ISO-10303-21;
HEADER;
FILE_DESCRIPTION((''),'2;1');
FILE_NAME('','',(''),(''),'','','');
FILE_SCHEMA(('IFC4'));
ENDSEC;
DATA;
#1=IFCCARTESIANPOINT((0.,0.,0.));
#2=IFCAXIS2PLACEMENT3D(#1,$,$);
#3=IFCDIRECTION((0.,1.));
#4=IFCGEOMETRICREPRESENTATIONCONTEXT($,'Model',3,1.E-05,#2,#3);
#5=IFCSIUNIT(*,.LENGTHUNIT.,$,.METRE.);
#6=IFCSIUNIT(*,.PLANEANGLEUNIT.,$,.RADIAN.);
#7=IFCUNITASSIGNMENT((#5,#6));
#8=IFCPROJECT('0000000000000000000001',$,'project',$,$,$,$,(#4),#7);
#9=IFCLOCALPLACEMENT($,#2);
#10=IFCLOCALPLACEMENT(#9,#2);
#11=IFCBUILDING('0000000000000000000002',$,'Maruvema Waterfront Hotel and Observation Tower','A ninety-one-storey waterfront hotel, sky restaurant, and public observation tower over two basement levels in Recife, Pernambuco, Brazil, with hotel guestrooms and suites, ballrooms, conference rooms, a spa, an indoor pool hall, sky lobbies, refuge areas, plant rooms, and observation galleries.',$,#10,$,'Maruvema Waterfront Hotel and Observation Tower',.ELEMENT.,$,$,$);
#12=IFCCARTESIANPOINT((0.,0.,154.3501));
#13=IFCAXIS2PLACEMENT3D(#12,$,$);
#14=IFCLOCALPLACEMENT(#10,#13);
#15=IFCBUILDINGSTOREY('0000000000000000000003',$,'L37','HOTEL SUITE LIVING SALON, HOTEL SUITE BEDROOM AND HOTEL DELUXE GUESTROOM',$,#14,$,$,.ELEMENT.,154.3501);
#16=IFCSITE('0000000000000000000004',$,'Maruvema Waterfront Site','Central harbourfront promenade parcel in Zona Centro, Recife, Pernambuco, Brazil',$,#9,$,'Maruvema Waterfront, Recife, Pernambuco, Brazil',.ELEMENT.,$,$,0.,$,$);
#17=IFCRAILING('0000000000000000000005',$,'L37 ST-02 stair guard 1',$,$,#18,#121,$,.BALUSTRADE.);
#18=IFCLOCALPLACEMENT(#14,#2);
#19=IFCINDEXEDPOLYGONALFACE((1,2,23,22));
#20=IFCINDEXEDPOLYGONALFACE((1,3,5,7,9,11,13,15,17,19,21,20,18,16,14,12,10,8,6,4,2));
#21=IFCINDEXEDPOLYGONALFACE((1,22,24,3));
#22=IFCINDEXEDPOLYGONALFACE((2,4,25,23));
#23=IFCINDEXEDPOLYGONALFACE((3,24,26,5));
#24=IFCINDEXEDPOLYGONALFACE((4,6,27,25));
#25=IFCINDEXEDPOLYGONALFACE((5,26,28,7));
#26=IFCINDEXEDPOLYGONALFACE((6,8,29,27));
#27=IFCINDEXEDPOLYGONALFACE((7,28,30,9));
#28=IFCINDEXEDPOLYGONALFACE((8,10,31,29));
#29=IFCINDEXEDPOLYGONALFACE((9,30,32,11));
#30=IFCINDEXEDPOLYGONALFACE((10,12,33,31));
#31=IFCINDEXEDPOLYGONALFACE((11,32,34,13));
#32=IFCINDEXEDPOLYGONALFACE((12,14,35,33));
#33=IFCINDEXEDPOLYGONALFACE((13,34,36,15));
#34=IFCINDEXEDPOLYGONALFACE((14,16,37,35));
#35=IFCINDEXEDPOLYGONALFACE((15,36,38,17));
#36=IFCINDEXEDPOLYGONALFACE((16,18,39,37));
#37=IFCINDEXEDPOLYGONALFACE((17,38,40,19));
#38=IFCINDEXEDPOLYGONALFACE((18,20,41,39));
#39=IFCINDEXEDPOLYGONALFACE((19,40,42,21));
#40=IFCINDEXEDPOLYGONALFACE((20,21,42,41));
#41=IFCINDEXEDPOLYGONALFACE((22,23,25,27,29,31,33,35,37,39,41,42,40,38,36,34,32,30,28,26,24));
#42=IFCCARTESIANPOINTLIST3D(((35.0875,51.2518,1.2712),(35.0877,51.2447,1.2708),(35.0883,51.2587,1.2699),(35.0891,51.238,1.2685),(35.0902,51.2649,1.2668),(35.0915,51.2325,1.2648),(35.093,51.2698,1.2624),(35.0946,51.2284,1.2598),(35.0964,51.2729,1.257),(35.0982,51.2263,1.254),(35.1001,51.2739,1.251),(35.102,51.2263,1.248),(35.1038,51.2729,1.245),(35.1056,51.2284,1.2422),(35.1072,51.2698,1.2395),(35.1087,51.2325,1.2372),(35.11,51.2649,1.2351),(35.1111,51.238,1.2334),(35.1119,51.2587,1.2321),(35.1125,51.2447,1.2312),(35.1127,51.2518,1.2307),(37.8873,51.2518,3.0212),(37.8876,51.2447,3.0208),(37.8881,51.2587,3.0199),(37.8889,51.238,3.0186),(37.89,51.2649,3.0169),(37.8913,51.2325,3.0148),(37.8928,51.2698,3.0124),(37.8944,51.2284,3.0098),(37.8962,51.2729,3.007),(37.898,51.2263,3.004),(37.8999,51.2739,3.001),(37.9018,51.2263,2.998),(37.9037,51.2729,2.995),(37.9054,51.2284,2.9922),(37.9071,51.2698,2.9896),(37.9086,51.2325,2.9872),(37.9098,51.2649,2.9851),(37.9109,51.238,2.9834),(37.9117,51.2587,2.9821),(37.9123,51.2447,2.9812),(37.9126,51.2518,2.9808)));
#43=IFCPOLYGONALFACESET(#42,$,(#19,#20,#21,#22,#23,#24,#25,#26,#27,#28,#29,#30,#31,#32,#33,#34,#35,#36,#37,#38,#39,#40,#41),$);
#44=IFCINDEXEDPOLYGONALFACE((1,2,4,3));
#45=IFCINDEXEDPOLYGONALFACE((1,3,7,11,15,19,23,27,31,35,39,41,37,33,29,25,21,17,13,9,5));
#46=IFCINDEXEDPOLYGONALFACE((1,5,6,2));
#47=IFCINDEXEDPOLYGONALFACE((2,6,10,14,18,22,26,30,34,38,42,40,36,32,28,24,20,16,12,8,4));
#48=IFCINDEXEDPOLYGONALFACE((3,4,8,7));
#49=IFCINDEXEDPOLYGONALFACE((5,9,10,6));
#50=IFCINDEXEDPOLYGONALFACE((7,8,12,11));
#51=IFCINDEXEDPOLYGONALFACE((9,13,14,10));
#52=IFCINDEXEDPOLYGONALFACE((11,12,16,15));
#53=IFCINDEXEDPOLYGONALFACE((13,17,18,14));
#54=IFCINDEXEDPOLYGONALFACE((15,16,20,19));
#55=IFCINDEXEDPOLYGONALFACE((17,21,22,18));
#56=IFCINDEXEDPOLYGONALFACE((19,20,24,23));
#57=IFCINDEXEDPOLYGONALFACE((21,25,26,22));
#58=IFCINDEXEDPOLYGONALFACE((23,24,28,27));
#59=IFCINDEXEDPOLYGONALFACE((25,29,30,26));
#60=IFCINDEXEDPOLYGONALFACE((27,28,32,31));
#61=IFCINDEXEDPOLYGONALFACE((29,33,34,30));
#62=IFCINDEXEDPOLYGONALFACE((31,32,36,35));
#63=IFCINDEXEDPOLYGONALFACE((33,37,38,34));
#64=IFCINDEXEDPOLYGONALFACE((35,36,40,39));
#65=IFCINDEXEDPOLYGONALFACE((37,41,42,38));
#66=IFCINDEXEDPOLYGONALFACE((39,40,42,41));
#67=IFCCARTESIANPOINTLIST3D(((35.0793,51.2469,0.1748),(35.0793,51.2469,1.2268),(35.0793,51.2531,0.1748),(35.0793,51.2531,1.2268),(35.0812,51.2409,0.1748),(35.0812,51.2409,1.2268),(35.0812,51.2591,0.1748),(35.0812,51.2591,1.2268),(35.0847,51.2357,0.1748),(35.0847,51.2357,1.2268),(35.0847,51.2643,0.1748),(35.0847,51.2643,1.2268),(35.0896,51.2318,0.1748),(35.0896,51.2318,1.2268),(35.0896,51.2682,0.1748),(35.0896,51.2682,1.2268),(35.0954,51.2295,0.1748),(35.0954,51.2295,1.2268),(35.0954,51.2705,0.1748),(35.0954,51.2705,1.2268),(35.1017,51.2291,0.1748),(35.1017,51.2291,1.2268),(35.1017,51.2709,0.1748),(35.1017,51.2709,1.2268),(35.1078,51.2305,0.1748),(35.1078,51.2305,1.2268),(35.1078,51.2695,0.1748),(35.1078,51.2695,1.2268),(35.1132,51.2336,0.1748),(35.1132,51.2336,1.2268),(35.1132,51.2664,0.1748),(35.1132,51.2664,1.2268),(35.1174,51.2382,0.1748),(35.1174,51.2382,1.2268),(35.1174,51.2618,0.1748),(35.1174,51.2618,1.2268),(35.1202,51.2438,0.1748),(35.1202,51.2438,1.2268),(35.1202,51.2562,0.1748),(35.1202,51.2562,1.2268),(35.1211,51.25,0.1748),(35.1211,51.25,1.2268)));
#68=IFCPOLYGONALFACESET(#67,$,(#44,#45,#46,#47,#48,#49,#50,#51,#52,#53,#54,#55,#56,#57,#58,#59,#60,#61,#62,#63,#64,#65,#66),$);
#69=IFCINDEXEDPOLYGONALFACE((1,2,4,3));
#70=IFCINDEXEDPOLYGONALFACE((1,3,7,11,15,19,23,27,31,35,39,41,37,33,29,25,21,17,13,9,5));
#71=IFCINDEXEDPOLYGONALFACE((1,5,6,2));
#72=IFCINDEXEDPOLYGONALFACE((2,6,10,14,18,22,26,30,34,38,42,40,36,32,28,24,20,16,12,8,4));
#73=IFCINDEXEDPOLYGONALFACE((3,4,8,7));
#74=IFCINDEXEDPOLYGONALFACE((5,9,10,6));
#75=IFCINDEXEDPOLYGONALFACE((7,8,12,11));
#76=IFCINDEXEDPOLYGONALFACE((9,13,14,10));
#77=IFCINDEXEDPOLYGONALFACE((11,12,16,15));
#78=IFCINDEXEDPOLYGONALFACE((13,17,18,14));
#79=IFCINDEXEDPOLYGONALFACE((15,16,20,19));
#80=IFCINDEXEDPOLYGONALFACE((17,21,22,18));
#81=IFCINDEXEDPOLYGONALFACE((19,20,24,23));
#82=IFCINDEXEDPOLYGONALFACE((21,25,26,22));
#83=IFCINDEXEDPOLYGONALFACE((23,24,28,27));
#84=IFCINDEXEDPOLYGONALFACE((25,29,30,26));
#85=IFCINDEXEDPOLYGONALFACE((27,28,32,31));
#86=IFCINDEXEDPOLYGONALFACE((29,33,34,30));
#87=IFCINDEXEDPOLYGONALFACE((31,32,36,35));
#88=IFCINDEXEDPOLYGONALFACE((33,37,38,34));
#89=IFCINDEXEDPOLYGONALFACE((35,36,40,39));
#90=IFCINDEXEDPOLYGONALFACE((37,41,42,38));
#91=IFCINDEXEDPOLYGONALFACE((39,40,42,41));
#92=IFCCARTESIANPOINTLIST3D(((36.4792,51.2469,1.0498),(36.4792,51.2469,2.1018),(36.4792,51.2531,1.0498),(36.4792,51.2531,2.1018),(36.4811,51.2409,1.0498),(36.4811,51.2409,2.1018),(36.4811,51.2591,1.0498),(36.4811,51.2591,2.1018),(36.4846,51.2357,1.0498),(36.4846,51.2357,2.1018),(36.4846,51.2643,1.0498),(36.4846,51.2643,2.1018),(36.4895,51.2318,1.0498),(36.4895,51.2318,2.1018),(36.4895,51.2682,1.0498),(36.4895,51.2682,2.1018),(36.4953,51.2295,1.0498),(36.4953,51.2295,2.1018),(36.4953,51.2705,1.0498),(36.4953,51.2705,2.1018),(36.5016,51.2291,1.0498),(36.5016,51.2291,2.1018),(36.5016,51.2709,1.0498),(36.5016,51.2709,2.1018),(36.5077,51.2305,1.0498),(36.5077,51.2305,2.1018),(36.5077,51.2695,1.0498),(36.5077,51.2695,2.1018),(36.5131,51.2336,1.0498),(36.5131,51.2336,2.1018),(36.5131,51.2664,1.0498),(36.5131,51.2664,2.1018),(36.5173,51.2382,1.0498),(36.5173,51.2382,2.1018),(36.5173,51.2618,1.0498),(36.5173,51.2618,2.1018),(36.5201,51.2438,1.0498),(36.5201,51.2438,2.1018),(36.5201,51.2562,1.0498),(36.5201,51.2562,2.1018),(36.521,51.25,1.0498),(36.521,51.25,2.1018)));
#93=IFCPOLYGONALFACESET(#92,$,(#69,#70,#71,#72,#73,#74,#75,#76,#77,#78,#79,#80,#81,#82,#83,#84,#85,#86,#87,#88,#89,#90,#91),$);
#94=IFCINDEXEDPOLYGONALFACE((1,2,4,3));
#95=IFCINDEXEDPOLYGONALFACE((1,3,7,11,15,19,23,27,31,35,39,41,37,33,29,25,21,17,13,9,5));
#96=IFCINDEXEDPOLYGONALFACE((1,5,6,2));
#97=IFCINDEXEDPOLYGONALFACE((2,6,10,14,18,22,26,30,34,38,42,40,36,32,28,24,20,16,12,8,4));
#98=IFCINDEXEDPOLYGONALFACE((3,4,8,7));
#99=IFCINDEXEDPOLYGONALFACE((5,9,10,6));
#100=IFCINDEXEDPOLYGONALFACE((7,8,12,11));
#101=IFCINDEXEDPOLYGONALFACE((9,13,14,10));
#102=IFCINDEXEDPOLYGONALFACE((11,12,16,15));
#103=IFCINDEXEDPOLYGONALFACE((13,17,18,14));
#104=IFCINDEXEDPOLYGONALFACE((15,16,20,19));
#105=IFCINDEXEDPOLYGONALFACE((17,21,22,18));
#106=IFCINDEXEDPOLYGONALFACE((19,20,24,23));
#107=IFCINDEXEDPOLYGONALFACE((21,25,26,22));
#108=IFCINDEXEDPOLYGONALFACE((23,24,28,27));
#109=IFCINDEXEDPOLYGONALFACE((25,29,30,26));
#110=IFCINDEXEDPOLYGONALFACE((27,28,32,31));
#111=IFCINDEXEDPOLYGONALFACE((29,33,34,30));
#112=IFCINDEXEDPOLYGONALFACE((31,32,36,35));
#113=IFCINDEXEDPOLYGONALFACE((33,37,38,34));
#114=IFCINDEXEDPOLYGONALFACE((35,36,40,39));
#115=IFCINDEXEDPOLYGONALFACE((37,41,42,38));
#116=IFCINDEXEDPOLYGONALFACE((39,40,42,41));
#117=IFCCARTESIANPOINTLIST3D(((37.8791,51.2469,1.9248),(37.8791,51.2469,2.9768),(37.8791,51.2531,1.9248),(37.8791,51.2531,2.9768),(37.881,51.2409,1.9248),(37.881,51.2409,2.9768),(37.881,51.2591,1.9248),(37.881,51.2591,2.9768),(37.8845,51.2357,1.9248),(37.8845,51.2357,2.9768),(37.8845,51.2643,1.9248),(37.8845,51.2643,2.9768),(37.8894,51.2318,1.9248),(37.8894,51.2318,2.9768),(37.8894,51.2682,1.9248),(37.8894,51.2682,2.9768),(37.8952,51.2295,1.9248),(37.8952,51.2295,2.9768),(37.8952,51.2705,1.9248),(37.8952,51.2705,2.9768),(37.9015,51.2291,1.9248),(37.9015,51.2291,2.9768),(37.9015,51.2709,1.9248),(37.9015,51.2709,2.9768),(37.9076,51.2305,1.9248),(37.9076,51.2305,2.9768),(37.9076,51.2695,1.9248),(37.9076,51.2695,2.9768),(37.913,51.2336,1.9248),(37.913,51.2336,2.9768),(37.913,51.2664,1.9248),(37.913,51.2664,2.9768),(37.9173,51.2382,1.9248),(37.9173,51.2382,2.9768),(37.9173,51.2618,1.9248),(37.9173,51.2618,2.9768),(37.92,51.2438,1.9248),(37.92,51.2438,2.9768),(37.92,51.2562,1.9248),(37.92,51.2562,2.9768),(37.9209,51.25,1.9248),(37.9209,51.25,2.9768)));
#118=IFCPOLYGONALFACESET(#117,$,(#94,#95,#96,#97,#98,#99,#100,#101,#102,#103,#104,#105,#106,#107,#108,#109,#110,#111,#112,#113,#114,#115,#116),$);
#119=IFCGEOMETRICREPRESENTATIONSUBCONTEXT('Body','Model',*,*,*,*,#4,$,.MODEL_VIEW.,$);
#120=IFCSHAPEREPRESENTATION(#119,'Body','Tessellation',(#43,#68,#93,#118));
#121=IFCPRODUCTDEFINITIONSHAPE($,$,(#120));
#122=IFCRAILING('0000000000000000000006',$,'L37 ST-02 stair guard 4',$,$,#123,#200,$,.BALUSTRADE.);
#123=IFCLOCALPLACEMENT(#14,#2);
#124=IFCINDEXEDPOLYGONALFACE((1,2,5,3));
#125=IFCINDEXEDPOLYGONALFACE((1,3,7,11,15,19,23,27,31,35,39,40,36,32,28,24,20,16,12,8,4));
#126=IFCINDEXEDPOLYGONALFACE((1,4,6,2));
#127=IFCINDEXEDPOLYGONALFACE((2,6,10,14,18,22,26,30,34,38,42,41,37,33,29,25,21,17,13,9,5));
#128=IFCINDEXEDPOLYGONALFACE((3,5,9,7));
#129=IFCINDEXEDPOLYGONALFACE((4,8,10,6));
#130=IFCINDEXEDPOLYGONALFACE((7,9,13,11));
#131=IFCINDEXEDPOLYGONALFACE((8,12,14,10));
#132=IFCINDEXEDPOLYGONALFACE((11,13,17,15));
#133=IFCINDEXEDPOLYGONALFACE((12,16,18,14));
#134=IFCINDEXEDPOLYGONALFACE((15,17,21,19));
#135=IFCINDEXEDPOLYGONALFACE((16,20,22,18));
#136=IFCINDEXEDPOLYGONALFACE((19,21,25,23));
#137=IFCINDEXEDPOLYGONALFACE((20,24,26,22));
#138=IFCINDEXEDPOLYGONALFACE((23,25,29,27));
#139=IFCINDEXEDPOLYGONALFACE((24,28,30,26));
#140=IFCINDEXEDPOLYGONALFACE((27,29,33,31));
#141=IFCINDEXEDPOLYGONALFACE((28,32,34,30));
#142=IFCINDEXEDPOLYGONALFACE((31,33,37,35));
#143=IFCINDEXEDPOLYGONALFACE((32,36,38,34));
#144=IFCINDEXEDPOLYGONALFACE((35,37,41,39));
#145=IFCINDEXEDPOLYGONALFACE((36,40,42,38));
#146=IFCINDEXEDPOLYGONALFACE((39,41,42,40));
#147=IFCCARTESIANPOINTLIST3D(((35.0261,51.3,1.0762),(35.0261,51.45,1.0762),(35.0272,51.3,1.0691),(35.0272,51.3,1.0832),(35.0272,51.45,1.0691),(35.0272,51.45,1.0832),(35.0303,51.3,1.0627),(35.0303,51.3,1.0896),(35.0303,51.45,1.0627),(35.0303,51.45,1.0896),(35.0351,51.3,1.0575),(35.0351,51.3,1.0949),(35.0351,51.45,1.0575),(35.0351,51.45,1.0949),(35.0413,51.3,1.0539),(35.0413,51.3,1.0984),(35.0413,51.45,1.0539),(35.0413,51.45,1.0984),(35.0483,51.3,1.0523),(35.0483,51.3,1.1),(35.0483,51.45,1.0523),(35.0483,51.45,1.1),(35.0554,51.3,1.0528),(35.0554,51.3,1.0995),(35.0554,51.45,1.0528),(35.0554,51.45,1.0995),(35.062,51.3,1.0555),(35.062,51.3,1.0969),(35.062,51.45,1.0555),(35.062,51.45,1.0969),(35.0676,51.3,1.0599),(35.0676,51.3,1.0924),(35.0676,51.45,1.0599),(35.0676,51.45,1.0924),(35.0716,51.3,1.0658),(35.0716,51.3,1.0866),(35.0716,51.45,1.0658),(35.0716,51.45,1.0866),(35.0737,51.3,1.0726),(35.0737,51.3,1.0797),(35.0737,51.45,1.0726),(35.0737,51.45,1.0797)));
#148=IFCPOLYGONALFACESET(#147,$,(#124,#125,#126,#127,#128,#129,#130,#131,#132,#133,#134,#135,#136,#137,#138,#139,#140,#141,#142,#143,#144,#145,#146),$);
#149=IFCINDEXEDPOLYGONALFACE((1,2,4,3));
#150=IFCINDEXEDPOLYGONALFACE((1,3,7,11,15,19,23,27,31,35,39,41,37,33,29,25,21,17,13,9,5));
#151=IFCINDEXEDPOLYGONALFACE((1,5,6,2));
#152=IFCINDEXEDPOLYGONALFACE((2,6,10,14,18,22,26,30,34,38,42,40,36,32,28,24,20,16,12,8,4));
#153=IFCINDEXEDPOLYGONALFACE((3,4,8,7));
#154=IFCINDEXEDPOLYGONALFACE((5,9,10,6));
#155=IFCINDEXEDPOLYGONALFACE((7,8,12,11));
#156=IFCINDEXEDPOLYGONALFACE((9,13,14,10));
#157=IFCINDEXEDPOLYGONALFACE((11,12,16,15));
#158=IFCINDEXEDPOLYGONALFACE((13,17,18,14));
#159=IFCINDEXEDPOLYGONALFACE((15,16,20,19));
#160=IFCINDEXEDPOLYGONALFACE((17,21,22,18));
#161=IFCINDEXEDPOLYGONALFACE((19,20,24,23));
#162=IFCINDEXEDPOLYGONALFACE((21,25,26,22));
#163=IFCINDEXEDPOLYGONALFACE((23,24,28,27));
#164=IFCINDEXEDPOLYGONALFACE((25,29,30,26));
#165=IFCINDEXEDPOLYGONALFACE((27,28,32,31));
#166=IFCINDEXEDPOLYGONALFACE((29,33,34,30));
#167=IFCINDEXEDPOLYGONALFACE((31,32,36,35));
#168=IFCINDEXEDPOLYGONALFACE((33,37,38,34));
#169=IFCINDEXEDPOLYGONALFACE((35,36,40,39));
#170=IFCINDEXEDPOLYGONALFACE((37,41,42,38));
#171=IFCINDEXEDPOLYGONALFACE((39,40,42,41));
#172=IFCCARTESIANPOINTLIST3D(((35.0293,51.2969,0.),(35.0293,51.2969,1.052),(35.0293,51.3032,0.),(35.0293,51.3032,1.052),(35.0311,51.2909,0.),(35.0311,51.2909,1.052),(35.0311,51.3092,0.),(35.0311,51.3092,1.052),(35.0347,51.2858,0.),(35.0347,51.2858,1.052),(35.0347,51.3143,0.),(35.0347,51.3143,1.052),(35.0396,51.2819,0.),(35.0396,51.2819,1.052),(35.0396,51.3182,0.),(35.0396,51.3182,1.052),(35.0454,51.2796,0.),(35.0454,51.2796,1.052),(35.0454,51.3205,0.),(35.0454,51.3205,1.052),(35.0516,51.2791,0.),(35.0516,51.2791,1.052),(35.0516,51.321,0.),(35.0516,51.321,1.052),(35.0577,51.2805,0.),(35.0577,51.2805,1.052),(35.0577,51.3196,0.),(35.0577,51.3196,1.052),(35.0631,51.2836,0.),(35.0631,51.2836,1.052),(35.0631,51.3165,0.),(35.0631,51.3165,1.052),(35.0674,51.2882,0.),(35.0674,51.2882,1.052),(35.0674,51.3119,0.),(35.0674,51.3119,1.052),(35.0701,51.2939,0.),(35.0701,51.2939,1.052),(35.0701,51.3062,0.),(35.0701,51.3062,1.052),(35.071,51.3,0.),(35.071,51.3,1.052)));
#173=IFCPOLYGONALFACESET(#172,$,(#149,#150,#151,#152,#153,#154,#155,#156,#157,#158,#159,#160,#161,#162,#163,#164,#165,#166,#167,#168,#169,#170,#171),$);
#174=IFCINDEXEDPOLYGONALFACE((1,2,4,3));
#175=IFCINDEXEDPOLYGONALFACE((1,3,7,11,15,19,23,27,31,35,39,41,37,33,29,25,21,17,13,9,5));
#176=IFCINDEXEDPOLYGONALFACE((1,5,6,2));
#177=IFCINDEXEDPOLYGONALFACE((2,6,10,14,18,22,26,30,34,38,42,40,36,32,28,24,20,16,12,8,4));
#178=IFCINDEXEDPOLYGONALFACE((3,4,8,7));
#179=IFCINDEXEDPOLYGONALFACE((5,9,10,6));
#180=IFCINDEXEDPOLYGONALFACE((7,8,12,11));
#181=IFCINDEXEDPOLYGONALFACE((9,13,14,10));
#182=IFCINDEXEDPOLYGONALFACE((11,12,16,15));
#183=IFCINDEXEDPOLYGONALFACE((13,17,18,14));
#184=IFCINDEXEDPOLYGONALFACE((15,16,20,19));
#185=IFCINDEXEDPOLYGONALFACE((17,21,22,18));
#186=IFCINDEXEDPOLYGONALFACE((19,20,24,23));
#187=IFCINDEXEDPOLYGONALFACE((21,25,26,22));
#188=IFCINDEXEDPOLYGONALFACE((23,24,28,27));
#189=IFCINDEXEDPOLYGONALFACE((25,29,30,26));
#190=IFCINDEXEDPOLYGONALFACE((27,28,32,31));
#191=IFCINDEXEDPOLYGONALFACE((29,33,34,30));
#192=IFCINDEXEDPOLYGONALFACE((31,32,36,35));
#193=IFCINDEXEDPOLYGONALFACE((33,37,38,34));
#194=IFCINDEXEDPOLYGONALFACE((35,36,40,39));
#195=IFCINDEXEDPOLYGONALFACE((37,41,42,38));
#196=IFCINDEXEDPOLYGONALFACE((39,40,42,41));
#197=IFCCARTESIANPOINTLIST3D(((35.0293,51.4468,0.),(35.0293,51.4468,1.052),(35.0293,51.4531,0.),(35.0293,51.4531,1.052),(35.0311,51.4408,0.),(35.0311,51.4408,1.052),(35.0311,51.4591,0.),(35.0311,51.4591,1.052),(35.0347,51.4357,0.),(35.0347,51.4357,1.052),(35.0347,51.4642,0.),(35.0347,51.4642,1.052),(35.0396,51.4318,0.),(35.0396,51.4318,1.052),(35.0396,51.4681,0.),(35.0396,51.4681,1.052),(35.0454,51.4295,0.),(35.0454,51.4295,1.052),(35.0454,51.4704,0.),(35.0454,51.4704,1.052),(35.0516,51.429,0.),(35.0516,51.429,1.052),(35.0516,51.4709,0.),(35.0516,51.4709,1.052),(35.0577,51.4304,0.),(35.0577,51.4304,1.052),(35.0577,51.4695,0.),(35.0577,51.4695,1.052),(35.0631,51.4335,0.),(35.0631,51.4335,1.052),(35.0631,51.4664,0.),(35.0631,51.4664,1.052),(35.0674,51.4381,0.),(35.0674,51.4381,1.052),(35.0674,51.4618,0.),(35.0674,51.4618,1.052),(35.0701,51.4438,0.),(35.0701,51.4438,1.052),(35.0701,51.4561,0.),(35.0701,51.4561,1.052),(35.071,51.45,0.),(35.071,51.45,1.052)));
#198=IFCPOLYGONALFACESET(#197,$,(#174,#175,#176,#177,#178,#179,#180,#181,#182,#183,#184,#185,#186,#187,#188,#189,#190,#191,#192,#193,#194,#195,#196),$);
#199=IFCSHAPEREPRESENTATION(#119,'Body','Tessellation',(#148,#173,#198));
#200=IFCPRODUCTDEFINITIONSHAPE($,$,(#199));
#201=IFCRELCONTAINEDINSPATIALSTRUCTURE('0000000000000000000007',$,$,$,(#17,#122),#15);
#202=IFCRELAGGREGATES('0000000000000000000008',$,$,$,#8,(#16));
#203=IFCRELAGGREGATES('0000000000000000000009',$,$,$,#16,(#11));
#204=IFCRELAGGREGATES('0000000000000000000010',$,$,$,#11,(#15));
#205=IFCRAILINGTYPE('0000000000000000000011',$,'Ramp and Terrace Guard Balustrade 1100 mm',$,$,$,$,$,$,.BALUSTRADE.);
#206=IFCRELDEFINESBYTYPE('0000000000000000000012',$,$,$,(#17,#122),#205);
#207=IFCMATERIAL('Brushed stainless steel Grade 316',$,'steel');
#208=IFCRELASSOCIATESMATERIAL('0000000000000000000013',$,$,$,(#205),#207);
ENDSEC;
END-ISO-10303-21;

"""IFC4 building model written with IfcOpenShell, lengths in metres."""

from ifc_helpers import new_model, si_unit, direction, frame, origin, origin_2d, place, context, subcontext, project, spatial, circle, extrude, material, type_object, element, save


model = new_model("IFC4")

# Units and contexts
model_context = context("Model", 3, precision=1e-05, world=origin(), true_north=direction((0.0, 1.0)))
body_context = subcontext(model_context, "Body", "Model", "MODEL_VIEW")
ifc_project = project(units=[si_unit("LENGTHUNIT", "METRE"), si_unit("PLANEANGLEUNIT", "RADIAN")], contexts=[model_context])

# Site, building, storey
site_placement = place(None, origin())
site = spatial("IfcSite", under=ifc_project, at=site_placement, Name="Maruvema Waterfront Site", Description="Central harbourfront promenade parcel in Zona Centro, Recife, Pernambuco, Brazil", LongName="Maruvema Waterfront, Recife, Pernambuco, Brazil", CompositionType="ELEMENT", RefElevation=0.0)
building_placement = place(site_placement, origin())
building = spatial("IfcBuilding", under=site, at=building_placement, Name="Maruvema Waterfront Hotel and Observation Tower", Description="A ninety-one-storey waterfront hotel, sky restaurant, and public observation tower over two basement levels in Recife, Pernambuco, Brazil, with hotel guestrooms and suites, ballrooms, conference rooms, a spa, an indoor pool hall, sky lobbies, refuge areas, plant rooms, and observation galleries.", LongName="Maruvema Waterfront Hotel and Observation Tower", CompositionType="ELEMENT")
storey_placement = place(building_placement, frame((0.0, 0.0, 154.3501)))
storey = spatial("IfcBuildingStorey", under=building, at=storey_placement, Name="L37", Description="HOTEL SUITE LIVING SALON, HOTEL SUITE BEDROOM AND HOTEL DELUXE GUESTROOM", CompositionType="ELEMENT", Elevation=154.3501)

# Railings
ifc_material_1 = material(Name="Brushed stainless steel Grade 316", Category="steel")
railing_type_1 = type_object("IfcRailingType", Name="Ramp and Terrace Guard Balustrade 1100 mm", PredefinedType="BALUSTRADE", material=ifc_material_1)
railing_1_placement = place(storey_placement, frame((35.1001, 51.25, 0.1748)))
element("IfcRailing", 1, at=railing_1_placement, inside=storey, type_object=railing_type_1, Name="L37 ST-02 stair guard 1", PredefinedType="BALUSTRADE", context=body_context, shape_type="SweptSolid", body=[
    extrude(circle(Radius=0.0239, at=origin_2d()), frame((0.0, 0.0, 1.0762), z_axis=(0.847982, 0.0, 0.530026), x_axis=(0.0, 1.0, 0.0)), (0.0, 0.0, 1.0), 3.3018),
    extrude(circle(Radius=0.021, at=origin_2d()), origin(), (0.0, 0.0, 1.0), 1.052),
    extrude(circle(Radius=0.021, at=origin_2d()), frame((1.3999, 0.0, 0.875)), (0.0, 0.0, 1.0), 1.052),
    extrude(circle(Radius=0.021, at=origin_2d()), frame((2.7998, 0.0, 1.75)), (0.0, 0.0, 1.0), 1.052),
])
railing_2_placement = place(storey_placement, frame((35.05, 51.3, 0.0)))
element("IfcRailing", 2, at=railing_2_placement, inside=storey, type_object=railing_type_1, Name="L37 ST-02 stair guard 4", PredefinedType="BALUSTRADE", context=body_context, shape_type="SweptSolid", body=[
    extrude(circle(Radius=0.0239, at=origin_2d()), frame((0.0, 0.0, 1.0762), z_axis=(0.0, 1.0, 0.0), x_axis=(-1.0, 0.0, 0.0)), (0.0, 0.0, 1.0), 0.1499),
    extrude(circle(Radius=0.021, at=origin_2d()), origin(), (0.0, 0.0, 1.0), 1.052),
    extrude(circle(Radius=0.021, at=origin_2d()), frame((0.0, 0.1499, 0.0)), (0.0, 0.0, 1.0), 1.052),
])

save(model, "model.ifc")
